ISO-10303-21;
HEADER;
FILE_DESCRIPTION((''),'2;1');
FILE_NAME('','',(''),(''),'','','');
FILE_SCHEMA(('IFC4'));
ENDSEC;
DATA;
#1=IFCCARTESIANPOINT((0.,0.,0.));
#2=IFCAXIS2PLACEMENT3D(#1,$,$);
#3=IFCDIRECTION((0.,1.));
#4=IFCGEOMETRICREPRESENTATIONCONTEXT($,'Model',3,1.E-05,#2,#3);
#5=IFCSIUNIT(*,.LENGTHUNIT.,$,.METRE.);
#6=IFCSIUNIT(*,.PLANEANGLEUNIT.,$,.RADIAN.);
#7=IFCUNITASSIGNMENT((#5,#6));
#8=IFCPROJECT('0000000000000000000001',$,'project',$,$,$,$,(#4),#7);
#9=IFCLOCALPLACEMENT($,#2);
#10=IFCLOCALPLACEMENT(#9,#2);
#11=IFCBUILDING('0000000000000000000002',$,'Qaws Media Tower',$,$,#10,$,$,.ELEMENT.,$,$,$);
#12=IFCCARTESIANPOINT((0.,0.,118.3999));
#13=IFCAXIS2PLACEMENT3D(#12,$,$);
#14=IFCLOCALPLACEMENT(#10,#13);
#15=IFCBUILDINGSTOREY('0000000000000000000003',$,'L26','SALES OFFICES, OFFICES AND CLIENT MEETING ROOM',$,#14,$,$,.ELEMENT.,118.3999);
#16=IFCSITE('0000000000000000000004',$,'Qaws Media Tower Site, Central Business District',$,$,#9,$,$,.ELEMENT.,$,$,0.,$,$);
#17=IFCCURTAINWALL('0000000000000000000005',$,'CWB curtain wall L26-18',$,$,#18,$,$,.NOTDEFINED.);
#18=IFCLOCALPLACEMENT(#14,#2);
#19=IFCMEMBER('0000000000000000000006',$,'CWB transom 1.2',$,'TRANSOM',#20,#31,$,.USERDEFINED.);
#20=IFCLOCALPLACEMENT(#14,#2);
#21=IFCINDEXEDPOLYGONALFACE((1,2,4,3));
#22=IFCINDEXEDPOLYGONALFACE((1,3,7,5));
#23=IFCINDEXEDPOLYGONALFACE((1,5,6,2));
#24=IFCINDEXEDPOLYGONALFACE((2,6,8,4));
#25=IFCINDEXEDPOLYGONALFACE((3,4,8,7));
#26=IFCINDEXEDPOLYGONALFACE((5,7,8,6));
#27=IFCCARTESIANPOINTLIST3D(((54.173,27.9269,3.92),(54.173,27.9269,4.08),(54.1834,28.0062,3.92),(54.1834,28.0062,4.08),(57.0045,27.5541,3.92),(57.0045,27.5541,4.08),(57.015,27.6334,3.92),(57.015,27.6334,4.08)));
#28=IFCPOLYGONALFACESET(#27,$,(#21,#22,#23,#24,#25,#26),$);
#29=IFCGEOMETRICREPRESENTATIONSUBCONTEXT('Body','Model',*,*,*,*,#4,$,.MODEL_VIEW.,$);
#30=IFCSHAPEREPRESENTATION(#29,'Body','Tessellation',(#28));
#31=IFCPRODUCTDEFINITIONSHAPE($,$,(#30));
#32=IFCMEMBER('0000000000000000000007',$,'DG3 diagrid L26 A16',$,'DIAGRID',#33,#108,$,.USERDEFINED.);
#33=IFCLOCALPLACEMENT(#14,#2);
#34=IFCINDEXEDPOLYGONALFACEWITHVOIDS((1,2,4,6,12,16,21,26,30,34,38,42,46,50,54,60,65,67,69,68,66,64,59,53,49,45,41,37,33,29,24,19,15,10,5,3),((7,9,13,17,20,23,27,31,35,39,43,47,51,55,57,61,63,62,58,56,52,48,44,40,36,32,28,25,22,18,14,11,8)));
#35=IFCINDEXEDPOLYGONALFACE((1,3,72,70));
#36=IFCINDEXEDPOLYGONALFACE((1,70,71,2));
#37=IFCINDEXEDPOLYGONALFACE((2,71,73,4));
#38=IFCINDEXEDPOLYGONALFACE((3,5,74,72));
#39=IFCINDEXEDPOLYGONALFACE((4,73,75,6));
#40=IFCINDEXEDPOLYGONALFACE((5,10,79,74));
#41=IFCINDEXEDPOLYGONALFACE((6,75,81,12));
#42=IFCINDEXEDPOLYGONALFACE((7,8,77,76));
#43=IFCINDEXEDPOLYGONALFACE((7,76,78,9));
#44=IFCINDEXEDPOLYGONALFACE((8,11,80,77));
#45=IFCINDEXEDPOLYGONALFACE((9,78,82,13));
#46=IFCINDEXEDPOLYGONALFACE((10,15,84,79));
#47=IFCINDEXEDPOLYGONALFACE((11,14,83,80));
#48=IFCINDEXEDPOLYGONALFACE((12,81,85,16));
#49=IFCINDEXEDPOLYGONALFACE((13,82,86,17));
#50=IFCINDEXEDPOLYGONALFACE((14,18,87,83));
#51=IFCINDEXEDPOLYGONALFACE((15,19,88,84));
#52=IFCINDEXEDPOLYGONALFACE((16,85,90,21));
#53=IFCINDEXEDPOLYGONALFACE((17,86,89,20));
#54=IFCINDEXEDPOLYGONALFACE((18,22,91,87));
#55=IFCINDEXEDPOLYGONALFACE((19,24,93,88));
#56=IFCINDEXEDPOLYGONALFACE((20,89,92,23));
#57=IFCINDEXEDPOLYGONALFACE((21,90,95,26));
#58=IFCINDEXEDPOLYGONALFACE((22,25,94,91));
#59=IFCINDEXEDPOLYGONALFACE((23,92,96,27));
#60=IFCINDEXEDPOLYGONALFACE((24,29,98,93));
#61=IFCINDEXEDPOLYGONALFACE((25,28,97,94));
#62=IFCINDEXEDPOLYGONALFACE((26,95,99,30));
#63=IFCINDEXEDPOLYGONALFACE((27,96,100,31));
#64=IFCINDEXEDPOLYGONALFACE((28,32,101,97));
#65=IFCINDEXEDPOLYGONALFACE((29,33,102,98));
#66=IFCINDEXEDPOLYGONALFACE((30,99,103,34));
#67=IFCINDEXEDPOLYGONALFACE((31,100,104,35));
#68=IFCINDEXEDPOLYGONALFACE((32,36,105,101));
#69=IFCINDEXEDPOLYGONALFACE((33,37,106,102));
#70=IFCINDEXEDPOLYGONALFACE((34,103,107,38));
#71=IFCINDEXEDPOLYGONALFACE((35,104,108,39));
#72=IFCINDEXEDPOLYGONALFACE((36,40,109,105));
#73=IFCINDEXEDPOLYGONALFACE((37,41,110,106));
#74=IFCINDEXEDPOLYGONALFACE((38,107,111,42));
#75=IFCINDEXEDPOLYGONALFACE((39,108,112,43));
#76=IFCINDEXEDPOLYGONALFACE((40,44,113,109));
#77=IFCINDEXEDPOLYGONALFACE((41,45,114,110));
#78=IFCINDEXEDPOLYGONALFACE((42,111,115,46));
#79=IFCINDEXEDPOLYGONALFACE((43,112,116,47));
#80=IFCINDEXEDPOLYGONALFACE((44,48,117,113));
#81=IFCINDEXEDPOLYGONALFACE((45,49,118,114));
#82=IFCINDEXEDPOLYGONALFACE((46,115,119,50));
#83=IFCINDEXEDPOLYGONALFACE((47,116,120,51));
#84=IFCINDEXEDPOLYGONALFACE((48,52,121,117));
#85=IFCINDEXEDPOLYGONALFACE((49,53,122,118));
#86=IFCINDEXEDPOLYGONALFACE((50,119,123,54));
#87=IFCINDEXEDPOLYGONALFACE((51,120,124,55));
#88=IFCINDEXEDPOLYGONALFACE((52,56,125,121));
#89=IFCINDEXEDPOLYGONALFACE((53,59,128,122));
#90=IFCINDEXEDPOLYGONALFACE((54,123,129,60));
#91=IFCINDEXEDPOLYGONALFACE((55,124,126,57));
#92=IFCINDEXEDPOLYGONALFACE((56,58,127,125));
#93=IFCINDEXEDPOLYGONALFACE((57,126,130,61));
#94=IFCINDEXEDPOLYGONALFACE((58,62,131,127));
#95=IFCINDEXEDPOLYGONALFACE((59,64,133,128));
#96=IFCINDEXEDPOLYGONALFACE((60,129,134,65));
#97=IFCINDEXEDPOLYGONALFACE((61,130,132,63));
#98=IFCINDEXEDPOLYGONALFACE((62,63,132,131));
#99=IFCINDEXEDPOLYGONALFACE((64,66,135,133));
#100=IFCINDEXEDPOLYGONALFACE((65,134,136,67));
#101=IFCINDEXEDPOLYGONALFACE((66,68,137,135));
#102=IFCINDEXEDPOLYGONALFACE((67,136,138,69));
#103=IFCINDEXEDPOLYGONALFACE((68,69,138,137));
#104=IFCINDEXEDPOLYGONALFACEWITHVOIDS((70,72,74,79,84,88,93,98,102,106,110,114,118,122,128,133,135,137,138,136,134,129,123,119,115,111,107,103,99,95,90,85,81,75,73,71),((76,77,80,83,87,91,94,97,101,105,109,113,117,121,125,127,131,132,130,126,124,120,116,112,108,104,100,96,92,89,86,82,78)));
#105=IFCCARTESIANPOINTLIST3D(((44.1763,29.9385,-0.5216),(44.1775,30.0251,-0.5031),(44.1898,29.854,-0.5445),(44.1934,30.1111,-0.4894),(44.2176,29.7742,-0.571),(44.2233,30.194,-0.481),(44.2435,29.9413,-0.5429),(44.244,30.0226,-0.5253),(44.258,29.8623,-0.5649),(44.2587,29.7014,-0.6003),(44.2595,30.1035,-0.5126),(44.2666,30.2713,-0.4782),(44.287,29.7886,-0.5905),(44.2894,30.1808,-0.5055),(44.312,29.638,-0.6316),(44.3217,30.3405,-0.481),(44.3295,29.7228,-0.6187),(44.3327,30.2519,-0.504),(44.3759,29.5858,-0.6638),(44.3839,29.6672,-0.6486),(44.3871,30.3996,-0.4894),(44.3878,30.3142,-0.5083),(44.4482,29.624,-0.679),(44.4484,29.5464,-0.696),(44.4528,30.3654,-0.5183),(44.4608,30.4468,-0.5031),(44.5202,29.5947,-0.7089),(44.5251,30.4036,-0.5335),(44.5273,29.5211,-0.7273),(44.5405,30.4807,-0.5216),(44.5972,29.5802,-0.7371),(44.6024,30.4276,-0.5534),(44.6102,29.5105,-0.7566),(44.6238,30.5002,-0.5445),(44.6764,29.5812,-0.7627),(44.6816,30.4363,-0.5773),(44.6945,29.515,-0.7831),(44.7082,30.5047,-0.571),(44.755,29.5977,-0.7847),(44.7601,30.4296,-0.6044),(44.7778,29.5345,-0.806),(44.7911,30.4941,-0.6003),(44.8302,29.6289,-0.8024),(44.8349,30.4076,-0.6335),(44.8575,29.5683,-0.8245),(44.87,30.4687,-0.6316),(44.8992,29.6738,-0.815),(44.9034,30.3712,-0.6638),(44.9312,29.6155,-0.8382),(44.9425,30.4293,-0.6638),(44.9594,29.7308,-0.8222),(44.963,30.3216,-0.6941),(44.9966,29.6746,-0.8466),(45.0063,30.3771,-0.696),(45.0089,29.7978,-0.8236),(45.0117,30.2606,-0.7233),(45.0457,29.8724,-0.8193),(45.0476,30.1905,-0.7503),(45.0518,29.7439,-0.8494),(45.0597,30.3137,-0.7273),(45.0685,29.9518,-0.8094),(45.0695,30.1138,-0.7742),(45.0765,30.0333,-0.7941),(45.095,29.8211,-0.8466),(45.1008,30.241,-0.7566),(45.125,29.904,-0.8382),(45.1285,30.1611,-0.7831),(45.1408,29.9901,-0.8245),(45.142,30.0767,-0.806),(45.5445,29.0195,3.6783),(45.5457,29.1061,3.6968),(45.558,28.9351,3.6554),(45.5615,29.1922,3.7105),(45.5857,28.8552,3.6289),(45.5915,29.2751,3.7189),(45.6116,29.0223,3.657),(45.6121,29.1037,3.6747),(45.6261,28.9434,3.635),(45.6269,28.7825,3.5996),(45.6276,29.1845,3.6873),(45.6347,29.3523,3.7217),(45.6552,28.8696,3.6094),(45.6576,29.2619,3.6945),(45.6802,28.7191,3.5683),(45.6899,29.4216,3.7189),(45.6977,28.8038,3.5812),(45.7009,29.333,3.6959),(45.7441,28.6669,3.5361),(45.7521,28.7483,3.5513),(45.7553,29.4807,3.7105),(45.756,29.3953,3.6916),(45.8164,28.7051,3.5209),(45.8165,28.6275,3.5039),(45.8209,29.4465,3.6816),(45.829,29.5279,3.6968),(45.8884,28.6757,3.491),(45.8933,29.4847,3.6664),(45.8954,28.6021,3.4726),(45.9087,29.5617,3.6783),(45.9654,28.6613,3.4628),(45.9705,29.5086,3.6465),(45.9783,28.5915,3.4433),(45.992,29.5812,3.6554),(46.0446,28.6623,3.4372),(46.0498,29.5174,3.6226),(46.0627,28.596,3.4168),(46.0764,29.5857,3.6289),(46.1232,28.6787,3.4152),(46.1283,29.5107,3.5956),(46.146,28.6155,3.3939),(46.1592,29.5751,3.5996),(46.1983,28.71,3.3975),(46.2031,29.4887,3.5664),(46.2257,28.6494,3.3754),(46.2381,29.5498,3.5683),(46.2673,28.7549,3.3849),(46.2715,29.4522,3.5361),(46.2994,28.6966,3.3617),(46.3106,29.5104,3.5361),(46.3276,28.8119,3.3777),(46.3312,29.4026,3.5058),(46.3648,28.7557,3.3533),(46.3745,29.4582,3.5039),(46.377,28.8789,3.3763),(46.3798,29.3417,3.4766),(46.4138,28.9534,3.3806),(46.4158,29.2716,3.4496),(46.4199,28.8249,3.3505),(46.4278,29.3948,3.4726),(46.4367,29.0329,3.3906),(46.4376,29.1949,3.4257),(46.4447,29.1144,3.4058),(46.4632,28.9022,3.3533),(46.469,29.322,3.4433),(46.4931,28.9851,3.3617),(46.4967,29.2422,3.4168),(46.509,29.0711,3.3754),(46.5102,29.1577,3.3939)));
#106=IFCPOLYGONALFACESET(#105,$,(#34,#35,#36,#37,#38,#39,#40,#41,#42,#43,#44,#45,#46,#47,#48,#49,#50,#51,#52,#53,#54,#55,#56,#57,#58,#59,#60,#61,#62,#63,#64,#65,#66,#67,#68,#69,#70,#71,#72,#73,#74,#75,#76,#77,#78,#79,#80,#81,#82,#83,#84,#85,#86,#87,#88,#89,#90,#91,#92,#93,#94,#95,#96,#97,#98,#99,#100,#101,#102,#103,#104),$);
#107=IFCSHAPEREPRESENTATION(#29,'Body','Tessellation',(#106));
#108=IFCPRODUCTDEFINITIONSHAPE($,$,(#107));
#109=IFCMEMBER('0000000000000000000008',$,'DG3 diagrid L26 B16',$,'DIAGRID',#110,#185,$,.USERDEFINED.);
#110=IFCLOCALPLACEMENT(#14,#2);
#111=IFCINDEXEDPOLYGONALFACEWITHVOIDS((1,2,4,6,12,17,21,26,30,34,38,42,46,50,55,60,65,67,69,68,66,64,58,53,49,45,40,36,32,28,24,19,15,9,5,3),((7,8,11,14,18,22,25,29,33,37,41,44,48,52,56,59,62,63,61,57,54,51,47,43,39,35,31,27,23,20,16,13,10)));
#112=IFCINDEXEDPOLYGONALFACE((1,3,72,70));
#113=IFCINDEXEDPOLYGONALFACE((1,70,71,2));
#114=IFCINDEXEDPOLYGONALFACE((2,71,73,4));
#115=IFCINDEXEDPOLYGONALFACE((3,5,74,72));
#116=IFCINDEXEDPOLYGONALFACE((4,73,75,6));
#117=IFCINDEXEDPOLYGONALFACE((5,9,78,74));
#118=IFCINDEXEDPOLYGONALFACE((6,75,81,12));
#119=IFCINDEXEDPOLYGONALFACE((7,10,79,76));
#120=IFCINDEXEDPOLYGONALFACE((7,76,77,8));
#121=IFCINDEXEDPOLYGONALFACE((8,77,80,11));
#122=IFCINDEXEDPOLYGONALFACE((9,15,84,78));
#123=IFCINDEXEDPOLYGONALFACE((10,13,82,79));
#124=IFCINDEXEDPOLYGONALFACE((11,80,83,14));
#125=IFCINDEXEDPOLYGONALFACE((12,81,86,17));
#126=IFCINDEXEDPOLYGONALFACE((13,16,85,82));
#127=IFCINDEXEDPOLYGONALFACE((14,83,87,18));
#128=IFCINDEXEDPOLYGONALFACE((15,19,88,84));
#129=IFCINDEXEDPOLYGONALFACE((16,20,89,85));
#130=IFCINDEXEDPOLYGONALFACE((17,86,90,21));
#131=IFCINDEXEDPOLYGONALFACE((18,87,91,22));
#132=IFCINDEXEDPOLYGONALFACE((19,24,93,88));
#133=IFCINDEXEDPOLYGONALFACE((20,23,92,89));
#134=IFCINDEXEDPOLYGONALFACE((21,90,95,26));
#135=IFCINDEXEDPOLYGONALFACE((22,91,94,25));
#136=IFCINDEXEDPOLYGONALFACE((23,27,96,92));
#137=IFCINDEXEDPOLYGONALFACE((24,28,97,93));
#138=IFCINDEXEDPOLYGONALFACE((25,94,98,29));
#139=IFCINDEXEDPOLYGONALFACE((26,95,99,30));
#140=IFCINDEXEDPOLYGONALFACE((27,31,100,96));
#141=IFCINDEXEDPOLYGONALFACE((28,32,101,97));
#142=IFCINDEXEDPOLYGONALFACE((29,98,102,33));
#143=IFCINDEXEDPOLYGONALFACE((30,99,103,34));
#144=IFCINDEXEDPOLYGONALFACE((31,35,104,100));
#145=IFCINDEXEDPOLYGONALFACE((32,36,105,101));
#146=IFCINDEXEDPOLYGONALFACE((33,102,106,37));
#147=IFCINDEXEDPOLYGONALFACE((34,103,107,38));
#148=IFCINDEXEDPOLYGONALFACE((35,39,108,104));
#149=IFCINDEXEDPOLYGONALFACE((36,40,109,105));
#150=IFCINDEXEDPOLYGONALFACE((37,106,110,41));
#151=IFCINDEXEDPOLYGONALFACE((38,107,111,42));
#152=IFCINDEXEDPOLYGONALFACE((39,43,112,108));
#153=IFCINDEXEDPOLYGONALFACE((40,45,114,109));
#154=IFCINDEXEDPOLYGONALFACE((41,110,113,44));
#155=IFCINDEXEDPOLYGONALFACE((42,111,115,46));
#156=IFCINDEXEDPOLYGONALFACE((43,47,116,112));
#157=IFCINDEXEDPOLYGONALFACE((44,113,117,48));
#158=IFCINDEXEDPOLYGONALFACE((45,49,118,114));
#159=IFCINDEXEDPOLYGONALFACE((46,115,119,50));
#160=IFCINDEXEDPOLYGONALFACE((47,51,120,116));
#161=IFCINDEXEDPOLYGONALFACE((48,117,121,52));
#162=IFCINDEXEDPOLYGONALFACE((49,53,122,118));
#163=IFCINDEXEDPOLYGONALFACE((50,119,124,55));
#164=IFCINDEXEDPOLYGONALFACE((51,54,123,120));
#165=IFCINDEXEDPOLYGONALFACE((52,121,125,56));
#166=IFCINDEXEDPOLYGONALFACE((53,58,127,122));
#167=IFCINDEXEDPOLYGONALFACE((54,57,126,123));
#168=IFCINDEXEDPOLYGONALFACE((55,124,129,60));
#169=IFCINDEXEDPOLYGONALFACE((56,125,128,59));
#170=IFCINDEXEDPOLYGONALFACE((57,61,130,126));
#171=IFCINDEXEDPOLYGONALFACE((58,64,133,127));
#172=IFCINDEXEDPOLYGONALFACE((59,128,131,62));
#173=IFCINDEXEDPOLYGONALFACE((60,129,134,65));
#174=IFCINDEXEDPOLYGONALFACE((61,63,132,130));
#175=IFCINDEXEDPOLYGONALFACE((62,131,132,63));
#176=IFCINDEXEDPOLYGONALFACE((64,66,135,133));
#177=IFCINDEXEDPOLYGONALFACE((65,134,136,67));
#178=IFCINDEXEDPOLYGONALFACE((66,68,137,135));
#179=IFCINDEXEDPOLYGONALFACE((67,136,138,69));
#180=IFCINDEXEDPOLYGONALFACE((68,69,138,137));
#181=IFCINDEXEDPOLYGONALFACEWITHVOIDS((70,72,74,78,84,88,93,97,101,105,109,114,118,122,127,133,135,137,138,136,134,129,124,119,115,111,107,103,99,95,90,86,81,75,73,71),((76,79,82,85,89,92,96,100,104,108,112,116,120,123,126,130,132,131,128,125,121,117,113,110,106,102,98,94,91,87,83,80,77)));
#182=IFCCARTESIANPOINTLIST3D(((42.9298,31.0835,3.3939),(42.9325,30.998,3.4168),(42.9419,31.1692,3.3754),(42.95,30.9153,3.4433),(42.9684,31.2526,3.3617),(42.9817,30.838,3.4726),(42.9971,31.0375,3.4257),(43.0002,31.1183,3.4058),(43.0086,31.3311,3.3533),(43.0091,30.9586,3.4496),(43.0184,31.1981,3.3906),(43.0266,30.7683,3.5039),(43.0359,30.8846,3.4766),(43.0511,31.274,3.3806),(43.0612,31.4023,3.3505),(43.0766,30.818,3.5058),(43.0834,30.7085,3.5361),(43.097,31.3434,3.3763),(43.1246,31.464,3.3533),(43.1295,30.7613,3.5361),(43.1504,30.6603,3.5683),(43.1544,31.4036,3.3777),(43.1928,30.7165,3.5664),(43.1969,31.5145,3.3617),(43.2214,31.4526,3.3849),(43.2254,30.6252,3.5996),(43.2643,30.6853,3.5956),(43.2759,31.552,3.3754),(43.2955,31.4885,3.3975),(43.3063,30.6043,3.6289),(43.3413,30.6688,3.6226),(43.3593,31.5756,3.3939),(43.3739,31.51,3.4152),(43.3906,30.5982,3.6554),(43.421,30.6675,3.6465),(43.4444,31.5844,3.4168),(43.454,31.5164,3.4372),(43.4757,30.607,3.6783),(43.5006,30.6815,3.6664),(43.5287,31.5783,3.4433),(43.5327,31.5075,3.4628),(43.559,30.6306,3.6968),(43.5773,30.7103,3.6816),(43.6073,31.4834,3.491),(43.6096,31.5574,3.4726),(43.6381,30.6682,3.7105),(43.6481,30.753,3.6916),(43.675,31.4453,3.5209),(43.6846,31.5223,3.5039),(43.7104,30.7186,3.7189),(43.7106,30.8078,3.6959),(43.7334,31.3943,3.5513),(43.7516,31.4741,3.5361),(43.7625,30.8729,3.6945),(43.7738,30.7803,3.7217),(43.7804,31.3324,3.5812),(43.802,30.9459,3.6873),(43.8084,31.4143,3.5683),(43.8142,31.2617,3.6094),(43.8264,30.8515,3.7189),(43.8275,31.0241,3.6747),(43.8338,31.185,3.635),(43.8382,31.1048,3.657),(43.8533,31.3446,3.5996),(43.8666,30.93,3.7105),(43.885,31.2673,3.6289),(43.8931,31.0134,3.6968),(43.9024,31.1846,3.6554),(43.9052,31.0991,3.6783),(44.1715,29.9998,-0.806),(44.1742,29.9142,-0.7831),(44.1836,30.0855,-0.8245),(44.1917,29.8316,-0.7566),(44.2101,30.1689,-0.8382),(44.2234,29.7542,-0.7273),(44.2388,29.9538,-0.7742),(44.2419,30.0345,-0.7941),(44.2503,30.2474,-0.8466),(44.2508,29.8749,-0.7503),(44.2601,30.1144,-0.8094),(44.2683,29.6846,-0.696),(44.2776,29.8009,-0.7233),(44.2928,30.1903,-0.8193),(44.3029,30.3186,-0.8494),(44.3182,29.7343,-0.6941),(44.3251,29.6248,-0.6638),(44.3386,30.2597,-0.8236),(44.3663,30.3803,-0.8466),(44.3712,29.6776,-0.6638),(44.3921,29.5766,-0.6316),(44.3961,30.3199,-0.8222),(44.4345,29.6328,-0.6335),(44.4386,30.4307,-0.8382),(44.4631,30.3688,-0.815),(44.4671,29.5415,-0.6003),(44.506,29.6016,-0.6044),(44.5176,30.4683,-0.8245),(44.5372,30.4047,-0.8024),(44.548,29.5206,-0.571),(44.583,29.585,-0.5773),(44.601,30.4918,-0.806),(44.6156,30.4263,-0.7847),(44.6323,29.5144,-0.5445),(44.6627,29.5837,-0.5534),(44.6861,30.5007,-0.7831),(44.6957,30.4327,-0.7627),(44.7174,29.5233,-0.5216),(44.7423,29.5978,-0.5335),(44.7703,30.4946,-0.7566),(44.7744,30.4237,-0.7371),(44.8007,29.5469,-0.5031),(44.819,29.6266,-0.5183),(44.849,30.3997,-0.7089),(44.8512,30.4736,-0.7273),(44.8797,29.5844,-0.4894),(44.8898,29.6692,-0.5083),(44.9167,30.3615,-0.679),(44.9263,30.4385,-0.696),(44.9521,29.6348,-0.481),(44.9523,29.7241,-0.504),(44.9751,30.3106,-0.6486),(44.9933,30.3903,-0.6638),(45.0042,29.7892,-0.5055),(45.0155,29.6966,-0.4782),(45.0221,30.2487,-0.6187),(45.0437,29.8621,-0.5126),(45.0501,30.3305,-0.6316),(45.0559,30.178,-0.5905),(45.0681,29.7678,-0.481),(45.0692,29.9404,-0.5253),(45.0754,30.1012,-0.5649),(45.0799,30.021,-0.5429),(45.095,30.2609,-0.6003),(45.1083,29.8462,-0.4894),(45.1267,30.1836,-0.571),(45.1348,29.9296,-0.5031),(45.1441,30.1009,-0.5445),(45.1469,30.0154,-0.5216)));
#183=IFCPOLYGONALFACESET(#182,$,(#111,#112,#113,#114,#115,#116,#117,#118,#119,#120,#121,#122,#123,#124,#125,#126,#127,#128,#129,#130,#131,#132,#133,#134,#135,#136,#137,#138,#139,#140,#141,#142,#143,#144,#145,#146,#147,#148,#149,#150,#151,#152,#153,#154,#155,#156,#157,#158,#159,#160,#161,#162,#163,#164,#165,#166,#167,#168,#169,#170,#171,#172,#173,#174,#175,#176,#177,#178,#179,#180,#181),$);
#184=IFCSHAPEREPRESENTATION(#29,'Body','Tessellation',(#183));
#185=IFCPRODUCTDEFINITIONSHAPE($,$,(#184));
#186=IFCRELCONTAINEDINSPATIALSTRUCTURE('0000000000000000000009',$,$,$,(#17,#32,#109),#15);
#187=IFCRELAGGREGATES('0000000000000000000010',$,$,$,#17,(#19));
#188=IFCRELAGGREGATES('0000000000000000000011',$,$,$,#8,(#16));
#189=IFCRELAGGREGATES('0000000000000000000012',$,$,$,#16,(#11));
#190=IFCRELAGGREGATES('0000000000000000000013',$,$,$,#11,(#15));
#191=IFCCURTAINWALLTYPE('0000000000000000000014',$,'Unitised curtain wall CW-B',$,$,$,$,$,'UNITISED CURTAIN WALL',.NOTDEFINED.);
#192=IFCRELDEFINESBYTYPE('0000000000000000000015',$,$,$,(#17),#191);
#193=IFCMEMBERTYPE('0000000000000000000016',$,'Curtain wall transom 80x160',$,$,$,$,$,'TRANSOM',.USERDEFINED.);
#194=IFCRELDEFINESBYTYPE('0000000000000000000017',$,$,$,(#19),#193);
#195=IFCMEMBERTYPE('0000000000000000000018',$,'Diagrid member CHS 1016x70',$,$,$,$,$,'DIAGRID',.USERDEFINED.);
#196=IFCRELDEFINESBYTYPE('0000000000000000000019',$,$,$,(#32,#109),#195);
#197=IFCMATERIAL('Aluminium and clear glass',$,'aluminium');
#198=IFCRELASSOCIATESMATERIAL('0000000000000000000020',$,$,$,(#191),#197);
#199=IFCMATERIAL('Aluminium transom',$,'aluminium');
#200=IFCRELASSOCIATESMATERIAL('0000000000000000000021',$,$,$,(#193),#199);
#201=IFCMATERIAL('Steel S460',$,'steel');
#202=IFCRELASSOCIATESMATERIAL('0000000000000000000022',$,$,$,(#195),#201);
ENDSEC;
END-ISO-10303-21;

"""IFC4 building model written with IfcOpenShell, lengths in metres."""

from ifc_helpers import new_model, si_unit, direction, frame, origin, origin_2d, place, context, subcontext, project, spatial, rectangle, hollow_circle, extrude, material, material_profile, profile_set, type_object, element, aggregate, save


model = new_model("IFC4")

# Units and contexts
model_context = context("Model", 3, precision=1e-05, world=origin(), true_north=direction((0.0, 1.0)))
body_context = subcontext(model_context, "Body", "Model", "MODEL_VIEW")
ifc_project = project(units=[si_unit("LENGTHUNIT", "METRE"), si_unit("PLANEANGLEUNIT", "RADIAN")], contexts=[model_context])

# Site, building, storey
site_placement = place(None, origin())
site = spatial("IfcSite", under=ifc_project, at=site_placement, Name="Qaws Media Tower Site, Central Business District", CompositionType="ELEMENT", RefElevation=0.0)
building_placement = place(site_placement, origin())
building = spatial("IfcBuilding", under=site, at=building_placement, Name="Qaws Media Tower", CompositionType="ELEMENT")
storey_placement = place(building_placement, frame((0.0, 0.0, 118.3999)))
storey = spatial("IfcBuildingStorey", under=building, at=storey_placement, Name="L26", Description="SALES OFFICES, OFFICES AND CLIENT MEETING ROOM", CompositionType="ELEMENT", Elevation=118.3999)

# Shared definitions
ifc_material_1 = material(Name="Aluminium and clear glass", Category="aluminium")
curtain_wall_type = type_object("IfcCurtainWallType", Name="Unitised curtain wall CW-B", ElementType="UNITISED CURTAIN WALL", PredefinedType="NOTDEFINED", material=ifc_material_1)

# Curtain wall
curtain_wall_1_placement = place(storey_placement, origin())
curtain_wall_1 = element("IfcCurtainWall", 1, at=curtain_wall_1_placement, inside=storey, type_object=curtain_wall_type, Name="CWB curtain wall L26-18", PredefinedType="NOTDEFINED")

# Member
ifc_material_2 = material(Name="Aluminium transom", Category="aluminium")
ifc_material_profile_1 = material_profile(ifc_material_2, rectangle(XDim=0.0801, YDim=0.1599, at=origin_2d()), Name="80x160")
ifc_profile_set_1 = profile_set([ifc_material_profile_1], Name="Aluminium transom")
member_type_1 = type_object("IfcMemberType", Name="Curtain wall transom 80x160", ElementType="TRANSOM", PredefinedType="USERDEFINED", material=ifc_profile_set_1)
member_1_placement = place(storey_placement, frame((54.1782, 27.9666, 4.0), z_axis=(0.991444, -0.130534, 0.0), x_axis=(0.130534, 0.991444, 0.0)))
member_1 = element("IfcMember", 2, at=member_1_placement, type_object=member_type_1, Name="CWB transom 1.2", ObjectType="TRANSOM", PredefinedType="USERDEFINED", context=body_context, shape_type="SweptSolid", body=[
    extrude(rectangle(XDim=0.0801, YDim=0.1599, at=origin_2d()), origin(), (0.0, 0.0, 1.0), 2.856),
])
aggregate(curtain_wall_1, [member_1])

# Members
ifc_material_3 = material(Name="Steel S460", Category="steel")
ifc_material_profile_2 = material_profile(ifc_material_3, hollow_circle(Radius=0.5081, WallThickness=0.0701, at=origin_2d()), Name="CHS 1016x70")
ifc_profile_set_2 = profile_set([ifc_material_profile_2], Name="Steel S460")
member_type_2 = type_object("IfcMemberType", Name="Diagrid member CHS 1016x70", ElementType="DIAGRID", PredefinedType="USERDEFINED", material=ifc_profile_set_2)
for number, where, z_axis, x_axis, name in (
    (3, (44.6592, 30.0076, -0.6638), (0.303244, -0.203678, 0.930891), (0.557568, 0.830131, 0.0), "DG3 diagrid L26 A16"),
    (4, (44.6592, 30.0076, -0.6638), (-0.275214, 0.240204, 0.930892), (-0.65756, -0.753402, 0.0), "DG3 diagrid L26 B16"),
):
    element("IfcMember", number, at=place(storey_placement, frame(where, z_axis=z_axis, x_axis=x_axis)), inside=storey, type_object=member_type_2, Name=name, ObjectType="DIAGRID", PredefinedType="USERDEFINED", context=body_context, shape_type="SweptSolid", body=[
        extrude(hollow_circle(Radius=0.5081, WallThickness=0.0701, at=origin_2d()), origin(), (0.0, 0.0, 1.0), 4.5117),
    ])

save(model, "model.ifc")
